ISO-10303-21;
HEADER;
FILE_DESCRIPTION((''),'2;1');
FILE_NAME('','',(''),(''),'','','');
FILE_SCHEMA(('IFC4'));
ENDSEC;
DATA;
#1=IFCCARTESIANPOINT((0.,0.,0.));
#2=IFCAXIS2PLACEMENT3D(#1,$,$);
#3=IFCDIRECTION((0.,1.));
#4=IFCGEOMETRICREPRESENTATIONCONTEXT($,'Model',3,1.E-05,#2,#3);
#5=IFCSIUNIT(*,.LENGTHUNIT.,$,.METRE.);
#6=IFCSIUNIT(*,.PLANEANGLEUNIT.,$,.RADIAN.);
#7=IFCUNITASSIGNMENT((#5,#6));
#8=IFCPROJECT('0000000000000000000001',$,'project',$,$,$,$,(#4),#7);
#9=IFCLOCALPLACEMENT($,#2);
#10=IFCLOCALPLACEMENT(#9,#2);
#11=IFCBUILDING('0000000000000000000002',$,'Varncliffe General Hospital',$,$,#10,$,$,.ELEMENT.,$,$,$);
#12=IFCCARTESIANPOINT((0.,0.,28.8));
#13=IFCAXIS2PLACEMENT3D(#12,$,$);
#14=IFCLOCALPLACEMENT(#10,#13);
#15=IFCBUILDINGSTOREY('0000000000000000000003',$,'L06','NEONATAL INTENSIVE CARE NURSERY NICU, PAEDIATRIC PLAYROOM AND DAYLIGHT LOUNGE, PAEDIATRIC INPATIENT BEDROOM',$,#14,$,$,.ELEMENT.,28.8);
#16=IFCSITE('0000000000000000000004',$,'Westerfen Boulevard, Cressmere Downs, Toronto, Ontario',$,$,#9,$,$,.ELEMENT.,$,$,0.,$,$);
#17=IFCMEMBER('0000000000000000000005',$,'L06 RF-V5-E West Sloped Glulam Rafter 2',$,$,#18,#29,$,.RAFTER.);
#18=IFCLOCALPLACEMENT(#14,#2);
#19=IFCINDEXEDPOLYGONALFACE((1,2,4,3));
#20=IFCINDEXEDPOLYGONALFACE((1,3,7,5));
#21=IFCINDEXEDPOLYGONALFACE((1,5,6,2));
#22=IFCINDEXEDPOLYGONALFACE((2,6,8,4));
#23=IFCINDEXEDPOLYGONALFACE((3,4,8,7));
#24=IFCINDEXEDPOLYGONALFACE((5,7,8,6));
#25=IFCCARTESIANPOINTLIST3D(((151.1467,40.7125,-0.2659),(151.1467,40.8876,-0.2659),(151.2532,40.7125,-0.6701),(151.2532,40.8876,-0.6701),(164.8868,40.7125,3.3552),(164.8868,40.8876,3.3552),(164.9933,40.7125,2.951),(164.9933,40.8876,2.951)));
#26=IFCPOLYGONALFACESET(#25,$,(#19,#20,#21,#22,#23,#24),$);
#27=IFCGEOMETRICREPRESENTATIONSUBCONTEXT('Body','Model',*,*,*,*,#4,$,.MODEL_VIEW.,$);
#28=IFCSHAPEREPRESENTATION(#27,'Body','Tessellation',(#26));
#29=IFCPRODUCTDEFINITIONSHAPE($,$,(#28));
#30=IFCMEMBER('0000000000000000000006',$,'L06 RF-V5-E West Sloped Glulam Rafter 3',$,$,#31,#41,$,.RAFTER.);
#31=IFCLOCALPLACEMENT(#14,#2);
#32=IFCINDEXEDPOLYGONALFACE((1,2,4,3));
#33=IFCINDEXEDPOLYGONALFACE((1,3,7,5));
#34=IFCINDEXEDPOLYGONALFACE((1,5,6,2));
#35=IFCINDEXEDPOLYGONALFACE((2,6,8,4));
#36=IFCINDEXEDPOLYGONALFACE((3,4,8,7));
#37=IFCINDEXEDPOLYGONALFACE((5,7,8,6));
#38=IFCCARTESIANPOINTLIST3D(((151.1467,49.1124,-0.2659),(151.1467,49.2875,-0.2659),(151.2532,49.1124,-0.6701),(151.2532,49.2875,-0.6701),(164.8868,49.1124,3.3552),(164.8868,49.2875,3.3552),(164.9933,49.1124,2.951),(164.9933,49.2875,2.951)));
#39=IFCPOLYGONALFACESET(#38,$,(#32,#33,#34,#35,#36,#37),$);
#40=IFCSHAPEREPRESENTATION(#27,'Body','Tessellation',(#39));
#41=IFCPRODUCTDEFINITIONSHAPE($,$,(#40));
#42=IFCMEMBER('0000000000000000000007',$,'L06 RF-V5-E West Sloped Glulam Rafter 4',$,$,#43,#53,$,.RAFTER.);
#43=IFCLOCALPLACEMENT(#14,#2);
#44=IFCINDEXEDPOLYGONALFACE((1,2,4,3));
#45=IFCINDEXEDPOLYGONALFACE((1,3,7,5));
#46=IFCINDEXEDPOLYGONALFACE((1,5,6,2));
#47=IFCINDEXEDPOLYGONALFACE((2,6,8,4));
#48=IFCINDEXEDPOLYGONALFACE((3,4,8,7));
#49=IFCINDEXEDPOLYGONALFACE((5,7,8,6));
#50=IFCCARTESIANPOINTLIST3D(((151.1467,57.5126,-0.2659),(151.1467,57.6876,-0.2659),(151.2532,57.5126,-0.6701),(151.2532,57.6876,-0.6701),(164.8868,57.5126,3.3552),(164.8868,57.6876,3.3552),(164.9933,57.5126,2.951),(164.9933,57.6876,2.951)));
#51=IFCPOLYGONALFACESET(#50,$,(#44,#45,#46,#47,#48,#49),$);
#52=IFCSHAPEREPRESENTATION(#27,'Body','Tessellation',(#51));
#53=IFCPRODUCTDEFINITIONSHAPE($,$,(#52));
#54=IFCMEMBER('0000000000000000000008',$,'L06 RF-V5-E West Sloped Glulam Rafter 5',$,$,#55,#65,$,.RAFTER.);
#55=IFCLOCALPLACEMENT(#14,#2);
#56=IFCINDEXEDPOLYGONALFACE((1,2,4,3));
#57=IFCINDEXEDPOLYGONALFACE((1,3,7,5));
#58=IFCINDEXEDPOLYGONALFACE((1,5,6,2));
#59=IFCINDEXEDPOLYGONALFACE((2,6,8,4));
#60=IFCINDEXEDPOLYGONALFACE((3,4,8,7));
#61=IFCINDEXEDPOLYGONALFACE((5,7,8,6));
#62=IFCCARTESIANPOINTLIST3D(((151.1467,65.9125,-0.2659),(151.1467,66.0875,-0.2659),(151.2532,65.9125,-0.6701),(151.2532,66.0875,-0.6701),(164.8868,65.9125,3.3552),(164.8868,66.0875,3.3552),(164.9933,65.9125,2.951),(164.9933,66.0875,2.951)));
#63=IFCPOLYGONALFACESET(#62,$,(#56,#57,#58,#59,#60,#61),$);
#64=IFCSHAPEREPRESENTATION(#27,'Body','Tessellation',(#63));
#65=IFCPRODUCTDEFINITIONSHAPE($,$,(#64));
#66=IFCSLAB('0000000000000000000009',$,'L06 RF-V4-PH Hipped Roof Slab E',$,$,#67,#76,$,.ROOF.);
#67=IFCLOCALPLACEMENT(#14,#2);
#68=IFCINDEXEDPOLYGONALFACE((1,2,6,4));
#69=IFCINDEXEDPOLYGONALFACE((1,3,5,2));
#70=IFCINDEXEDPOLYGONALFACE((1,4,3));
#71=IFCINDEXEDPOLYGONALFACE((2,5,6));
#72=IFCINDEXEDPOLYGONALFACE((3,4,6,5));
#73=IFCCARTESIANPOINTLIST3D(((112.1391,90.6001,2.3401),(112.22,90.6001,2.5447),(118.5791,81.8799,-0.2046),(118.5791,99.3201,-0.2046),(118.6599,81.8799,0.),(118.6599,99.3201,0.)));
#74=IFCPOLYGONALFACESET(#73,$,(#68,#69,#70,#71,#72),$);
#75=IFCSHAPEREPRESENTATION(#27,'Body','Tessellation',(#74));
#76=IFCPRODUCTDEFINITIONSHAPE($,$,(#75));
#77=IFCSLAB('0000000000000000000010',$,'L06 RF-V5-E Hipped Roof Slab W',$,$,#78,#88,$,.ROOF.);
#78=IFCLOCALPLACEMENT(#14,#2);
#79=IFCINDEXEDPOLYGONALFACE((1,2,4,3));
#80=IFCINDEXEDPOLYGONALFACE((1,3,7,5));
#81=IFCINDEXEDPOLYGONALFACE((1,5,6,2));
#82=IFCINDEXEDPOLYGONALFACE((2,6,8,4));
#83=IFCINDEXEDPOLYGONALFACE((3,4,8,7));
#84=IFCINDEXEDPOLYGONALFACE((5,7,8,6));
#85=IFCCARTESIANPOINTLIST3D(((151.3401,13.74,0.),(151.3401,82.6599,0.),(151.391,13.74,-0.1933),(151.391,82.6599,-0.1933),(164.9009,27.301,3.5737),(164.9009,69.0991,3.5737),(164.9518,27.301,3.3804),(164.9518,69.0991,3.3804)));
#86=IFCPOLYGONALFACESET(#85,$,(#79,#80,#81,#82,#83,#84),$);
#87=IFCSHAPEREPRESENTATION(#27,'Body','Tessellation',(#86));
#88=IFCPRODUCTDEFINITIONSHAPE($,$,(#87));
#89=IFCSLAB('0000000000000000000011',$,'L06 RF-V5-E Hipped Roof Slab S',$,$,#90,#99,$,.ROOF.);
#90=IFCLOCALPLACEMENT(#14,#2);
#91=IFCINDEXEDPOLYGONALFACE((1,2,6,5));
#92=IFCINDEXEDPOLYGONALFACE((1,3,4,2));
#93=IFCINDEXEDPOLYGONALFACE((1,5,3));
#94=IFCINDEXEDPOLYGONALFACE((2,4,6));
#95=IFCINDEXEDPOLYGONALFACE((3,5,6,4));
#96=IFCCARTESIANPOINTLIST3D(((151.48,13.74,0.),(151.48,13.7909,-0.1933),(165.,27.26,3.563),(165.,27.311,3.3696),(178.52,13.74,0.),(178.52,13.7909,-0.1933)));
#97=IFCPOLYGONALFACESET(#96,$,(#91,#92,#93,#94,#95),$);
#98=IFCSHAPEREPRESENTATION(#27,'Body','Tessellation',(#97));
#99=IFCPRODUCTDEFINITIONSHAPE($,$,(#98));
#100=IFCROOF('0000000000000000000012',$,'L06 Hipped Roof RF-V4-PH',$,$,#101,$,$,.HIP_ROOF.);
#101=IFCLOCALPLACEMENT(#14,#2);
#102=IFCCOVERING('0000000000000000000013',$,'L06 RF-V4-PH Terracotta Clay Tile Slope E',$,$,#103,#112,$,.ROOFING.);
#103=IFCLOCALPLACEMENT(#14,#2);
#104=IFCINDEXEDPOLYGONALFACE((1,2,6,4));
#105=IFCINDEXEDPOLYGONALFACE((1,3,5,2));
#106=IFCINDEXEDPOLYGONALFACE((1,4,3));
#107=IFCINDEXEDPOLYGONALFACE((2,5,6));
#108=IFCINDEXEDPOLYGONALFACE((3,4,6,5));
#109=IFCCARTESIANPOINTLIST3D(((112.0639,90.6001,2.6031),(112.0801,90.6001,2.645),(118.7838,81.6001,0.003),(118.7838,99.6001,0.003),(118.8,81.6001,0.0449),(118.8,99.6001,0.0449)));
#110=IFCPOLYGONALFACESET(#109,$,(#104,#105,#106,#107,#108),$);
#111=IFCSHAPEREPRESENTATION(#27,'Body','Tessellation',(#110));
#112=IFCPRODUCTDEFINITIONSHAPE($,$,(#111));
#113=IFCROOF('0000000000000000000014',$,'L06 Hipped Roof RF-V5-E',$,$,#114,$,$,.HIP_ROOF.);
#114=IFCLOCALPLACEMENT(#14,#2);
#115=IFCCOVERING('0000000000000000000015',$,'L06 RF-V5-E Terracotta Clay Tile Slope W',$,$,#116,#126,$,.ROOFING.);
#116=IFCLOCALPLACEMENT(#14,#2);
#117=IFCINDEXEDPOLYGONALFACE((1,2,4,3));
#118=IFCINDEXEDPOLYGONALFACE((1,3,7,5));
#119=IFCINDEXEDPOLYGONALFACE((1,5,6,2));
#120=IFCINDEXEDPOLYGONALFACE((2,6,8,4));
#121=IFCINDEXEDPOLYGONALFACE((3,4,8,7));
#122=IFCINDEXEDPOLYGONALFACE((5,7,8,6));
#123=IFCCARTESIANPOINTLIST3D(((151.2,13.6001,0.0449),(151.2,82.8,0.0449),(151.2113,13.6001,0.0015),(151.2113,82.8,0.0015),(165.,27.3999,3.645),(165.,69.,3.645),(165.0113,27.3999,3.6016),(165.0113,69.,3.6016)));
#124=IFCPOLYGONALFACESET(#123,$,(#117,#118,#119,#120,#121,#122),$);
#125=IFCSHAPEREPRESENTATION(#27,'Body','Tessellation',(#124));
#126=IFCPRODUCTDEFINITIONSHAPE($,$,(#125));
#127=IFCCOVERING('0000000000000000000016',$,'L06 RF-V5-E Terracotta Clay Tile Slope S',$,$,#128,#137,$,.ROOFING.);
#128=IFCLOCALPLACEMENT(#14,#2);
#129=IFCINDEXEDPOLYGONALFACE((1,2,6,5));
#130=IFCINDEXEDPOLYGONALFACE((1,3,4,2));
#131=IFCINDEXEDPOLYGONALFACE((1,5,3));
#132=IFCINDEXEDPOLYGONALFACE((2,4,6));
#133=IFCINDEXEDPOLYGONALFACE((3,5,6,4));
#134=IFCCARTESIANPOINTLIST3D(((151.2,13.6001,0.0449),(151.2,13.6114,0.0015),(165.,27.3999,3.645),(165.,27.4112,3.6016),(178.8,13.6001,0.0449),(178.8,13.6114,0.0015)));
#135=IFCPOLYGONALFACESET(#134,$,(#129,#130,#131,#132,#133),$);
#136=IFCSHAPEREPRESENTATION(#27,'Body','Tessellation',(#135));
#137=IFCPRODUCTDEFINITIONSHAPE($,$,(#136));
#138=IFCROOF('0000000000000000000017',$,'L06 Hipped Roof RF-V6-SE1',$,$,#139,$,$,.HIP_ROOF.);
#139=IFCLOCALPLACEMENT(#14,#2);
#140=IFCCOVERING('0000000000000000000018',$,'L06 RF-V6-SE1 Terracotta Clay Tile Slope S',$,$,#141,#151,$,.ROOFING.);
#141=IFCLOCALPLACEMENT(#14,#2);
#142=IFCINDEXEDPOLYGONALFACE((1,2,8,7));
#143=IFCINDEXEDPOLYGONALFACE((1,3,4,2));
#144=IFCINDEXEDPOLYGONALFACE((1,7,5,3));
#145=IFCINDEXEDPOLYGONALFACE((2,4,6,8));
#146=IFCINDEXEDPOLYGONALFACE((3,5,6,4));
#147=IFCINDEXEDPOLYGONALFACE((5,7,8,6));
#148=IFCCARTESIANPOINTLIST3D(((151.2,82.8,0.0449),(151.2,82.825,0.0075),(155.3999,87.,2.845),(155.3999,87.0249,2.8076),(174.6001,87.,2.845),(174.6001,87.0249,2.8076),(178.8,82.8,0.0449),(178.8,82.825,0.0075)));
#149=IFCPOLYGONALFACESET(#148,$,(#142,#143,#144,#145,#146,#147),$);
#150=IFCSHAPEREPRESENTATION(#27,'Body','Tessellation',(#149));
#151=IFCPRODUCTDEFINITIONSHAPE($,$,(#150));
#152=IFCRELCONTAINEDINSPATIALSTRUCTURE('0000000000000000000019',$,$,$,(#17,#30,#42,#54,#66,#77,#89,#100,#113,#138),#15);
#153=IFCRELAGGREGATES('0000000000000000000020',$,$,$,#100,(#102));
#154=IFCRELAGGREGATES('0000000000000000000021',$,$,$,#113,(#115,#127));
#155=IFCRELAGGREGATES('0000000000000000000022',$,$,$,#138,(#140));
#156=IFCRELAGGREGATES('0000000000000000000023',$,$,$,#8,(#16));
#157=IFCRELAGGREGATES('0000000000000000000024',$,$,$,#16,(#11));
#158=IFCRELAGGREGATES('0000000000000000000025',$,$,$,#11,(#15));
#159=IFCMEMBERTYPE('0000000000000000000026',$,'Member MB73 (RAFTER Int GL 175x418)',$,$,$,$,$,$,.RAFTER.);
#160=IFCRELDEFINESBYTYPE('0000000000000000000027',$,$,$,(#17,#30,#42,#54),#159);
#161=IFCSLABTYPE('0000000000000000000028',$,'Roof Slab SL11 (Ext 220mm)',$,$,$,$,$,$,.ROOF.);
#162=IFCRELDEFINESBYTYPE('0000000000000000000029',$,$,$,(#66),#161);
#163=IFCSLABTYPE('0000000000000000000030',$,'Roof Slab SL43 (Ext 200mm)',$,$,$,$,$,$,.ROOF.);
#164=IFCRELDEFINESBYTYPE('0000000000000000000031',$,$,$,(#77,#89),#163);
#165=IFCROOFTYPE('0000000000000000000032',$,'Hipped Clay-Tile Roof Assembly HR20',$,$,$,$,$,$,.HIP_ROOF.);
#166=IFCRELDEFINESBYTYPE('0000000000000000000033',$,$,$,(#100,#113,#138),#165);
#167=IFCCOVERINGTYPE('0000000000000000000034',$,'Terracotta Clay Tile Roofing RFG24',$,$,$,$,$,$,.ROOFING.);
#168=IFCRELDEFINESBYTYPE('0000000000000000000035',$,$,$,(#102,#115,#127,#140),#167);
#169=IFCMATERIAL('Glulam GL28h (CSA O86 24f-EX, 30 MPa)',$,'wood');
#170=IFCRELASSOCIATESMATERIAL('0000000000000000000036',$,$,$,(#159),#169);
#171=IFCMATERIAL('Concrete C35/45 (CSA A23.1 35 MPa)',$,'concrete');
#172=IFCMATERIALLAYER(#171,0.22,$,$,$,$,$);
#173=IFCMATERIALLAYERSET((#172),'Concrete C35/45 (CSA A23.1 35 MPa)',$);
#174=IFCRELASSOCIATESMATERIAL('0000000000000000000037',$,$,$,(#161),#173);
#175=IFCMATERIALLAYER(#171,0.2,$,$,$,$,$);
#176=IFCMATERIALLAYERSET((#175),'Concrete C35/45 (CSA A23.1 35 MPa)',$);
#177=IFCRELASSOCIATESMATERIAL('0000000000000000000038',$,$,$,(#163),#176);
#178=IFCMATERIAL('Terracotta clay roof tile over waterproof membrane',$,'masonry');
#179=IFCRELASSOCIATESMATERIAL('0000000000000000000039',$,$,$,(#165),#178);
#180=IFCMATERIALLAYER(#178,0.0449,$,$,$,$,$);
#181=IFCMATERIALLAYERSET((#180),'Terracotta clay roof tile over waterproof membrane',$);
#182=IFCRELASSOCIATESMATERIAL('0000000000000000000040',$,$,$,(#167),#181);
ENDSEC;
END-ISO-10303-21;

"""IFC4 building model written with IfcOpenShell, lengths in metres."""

from ifc_helpers import new_model, si_unit, direction, frame, origin, origin_2d, place, context, subcontext, project, spatial, polyline, rectangle, outline, extrude, material, layer, layer_set, material_profile, profile_set, type_object, element, aggregate, save


model = new_model("IFC4")

# Units and contexts
model_context = context("Model", 3, precision=1e-05, world=origin(), true_north=direction((0.0, 1.0)))
body_context = subcontext(model_context, "Body", "Model", "MODEL_VIEW")
ifc_project = project(units=[si_unit("LENGTHUNIT", "METRE"), si_unit("PLANEANGLEUNIT", "RADIAN")], contexts=[model_context])

# Site, building, storey
site_placement = place(None, origin())
site = spatial("IfcSite", under=ifc_project, at=site_placement, Name="Westerfen Boulevard, Cressmere Downs, Toronto, Ontario", CompositionType="ELEMENT", RefElevation=0.0)
building_placement = place(site_placement, origin())
building = spatial("IfcBuilding", under=site, at=building_placement, Name="Varncliffe General Hospital", CompositionType="ELEMENT")
storey_placement = place(building_placement, frame((0.0, 0.0, 28.8)))
storey = spatial("IfcBuildingStorey", under=building, at=storey_placement, Name="L06", Description="NEONATAL INTENSIVE CARE NURSERY NICU, PAEDIATRIC PLAYROOM AND DAYLIGHT LOUNGE, PAEDIATRIC INPATIENT BEDROOM", CompositionType="ELEMENT", Elevation=28.8)

# Shared definitions
ifc_material_1 = material(Name="Glulam GL28h (CSA O86 24f-EX, 30 MPa)", Category="wood")

# Members
ifc_material_profile_1 = material_profile(ifc_material_1, rectangle(XDim=0.175, YDim=0.418, at=origin_2d()), Name="GL 175x418")
ifc_profile_set_1 = profile_set([ifc_material_profile_1], Name="Glulam GL28h (CSA O86 24f-EX, 30 MPa)")
member_type_1 = type_object("IfcMemberType", Name="Member MB73 (RAFTER Int GL 175x418)", PredefinedType="RAFTER", material=ifc_profile_set_1)
for number, where, z_axis, x_axis, name in (
    (1, (151.2, 40.8, -0.468), (0.966983, 0.0, 0.254843), (0.0, 1.0, 0.0), "L06 RF-V5-E West Sloped Glulam Rafter 2"),
    (2, (151.2, 49.2, -0.468), (0.966983, 0.0, 0.254843), (0.0, 1.0, 0.0), "L06 RF-V5-E West Sloped Glulam Rafter 3"),
    (3, (151.2, 57.6001, -0.468), (0.966983, 0.0, 0.254843), (0.0, 1.0, 0.0), "L06 RF-V5-E West Sloped Glulam Rafter 4"),
    (4, (151.2, 66.0, -0.468), (0.966983, 0.0, 0.254843), (0.0, 1.0, 0.0), "L06 RF-V5-E West Sloped Glulam Rafter 5"),
):
    element("IfcMember", number, at=place(storey_placement, frame(where, z_axis=z_axis, x_axis=x_axis)), inside=storey, type_object=member_type_1, Name=name, PredefinedType="RAFTER", context=body_context, shape_type="SweptSolid", body=[
        extrude(rectangle(XDim=0.175, YDim=0.418, at=origin_2d()), origin(), (0.0, 0.0, 1.0), 14.2092),
    ])

# Slabs
ifc_material_2 = material(Name="Concrete C35/45 (CSA A23.1 35 MPa)", Category="concrete")
ifc_layer_1 = layer(ifc_material_2, 0.22)
ifc_layer_set_1 = layer_set([ifc_layer_1], Name="Concrete C35/45 (CSA A23.1 35 MPa)")
slab_type_1 = type_object("IfcSlabType", Name="Roof Slab SL11 (Ext 220mm)", PredefinedType="ROOF", material=ifc_layer_set_1)
slab_1_placement = place(storey_placement, frame((118.6599, 81.8799, 0.0), z_axis=(0.367491, 0.0, 0.930027), x_axis=(0.0, 1.0, 0.0)))
element("IfcSlab", 5, at=slab_1_placement, inside=storey, type_object=slab_type_1, Name="L06 RF-V4-PH Hipped Roof Slab E", PredefinedType="ROOF", context=body_context, shape_type="SweptSolid", body=[
    extrude(outline(polyline([(0.0, 0.0), (17.4402, 0.0), (8.7202, 6.9245), (0.0, 0.0)])), origin(), (0.0, 0.0, -1.0), 0.22),
])
ifc_layer_2 = layer(ifc_material_2, 0.2)
ifc_layer_set_2 = layer_set([ifc_layer_2], Name="Concrete C35/45 (CSA A23.1 35 MPa)")
slab_type_2 = type_object("IfcSlabType", Name="Roof Slab SL43 (Ext 200mm)", PredefinedType="ROOF", material=ifc_layer_set_2)
slab_2_placement = place(storey_placement, frame((151.3401, 82.6599, 0.0), z_axis=(-0.254833, 0.0, 0.966985), x_axis=(0.0, -1.0, 0.0)))
element("IfcSlab", 6, at=slab_2_placement, inside=storey, type_object=slab_type_2, Name="L06 RF-V5-E Hipped Roof Slab W", PredefinedType="ROOF", context=body_context, shape_type="SweptSolid", body=[
    extrude(outline(polyline([(0.0, 0.0), (68.9199, 0.0), (55.3589, 14.0238), (13.5608, 14.0238), (0.0, 0.0)])), origin(), (0.0, 0.0, -1.0), 0.2),
])
slab_3_placement = place(storey_placement, frame((151.48, 13.74, 0.0), z_axis=(0.0, -0.254834, 0.966985), x_axis=(1.0, 0.0, 0.0)))
element("IfcSlab", 7, at=slab_3_placement, inside=storey, type_object=slab_type_2, Name="L06 RF-V5-E Hipped Roof Slab S", PredefinedType="ROOF", context=body_context, shape_type="SweptSolid", body=[
    extrude(outline(polyline([(0.0, 0.0), (27.04, 0.0), (13.52, 13.9816), (0.0, 0.0)])), origin(), (0.0, 0.0, -1.0), 0.2),
])

# Roof, covering
ifc_material_3 = material(Name="Terracotta clay roof tile over waterproof membrane", Category="masonry")
roof_type = type_object("IfcRoofType", Name="Hipped Clay-Tile Roof Assembly HR20", PredefinedType="HIP_ROOF", material=ifc_material_3)
roof_1_placement = place(storey_placement, origin())
roof_1 = element("IfcRoof", 8, at=roof_1_placement, inside=storey, type_object=roof_type, Name="L06 Hipped Roof RF-V4-PH", PredefinedType="HIP_ROOF")
ifc_layer_3 = layer(ifc_material_3, 0.0449)
ifc_layer_set_3 = layer_set([ifc_layer_3], Name="Terracotta clay roof tile over waterproof membrane")
covering_type = type_object("IfcCoveringType", Name="Terracotta Clay Tile Roofing RFG24", PredefinedType="ROOFING", material=ifc_layer_set_3)
covering_1_placement = place(storey_placement, frame((118.8, 81.6001, 0.0449), z_axis=(0.360852, 0.0, 0.932623), x_axis=(0.0, 1.0, 0.0)))
covering_1 = element("IfcCovering", 9, at=covering_1_placement, type_object=covering_type, Name="L06 RF-V4-PH Terracotta Clay Tile Slope E", PredefinedType="ROOFING", context=body_context, shape_type="SweptSolid", body=[
    extrude(outline(polyline([(0.0, 0.0), (18.0, 0.0), (9.0, 7.2055), (0.0, 0.0)])), origin(), (0.0, 0.0, -1.0), 0.0449),
])
aggregate(roof_1, [covering_1])

# Roof, coverings
roof_2_placement = place(storey_placement, origin())
roof_2 = element("IfcRoof", 10, at=roof_2_placement, inside=storey, type_object=roof_type, Name="L06 Hipped Roof RF-V5-E", PredefinedType="HIP_ROOF")
covering_2_placement = place(storey_placement, frame((151.2, 82.8, 0.0449), z_axis=(-0.252427, 0.0, 0.967616), x_axis=(0.0, -1.0, 0.0)))
covering_2 = element("IfcCovering", 11, at=covering_2_placement, type_object=covering_type, Name="L06 RF-V5-E Terracotta Clay Tile Slope W", PredefinedType="ROOFING", context=body_context, shape_type="SweptSolid", body=[
    extrude(outline(polyline([(0.0, 0.0), (69.2, 0.0), (55.4001, 14.2619), (13.8, 14.2619), (0.0, 0.0)])), origin(), (0.0, 0.0, -1.0), 0.0449),
])
covering_3_placement = place(storey_placement, frame((151.2, 13.6001, 0.0449), z_axis=(0.0, -0.252432, 0.967615), x_axis=(1.0, 0.0, 0.0)))
covering_3 = element("IfcCovering", 12, at=covering_3_placement, type_object=covering_type, Name="L06 RF-V5-E Terracotta Clay Tile Slope S", PredefinedType="ROOFING", context=body_context, shape_type="SweptSolid", body=[
    extrude(outline(polyline([(0.0, 0.0), (27.6001, 0.0), (13.8, 14.2617), (0.0, 0.0)])), origin(), (0.0, 0.0, -1.0), 0.0449),
])
aggregate(roof_2, [covering_2, covering_3])

# Roof, covering
roof_3_placement = place(storey_placement, origin())
roof_3 = element("IfcRoof", 13, at=roof_3_placement, inside=storey, type_object=roof_type, Name="L06 Hipped Roof RF-V6-SE1", PredefinedType="HIP_ROOF")
covering_4_placement = place(storey_placement, frame((151.2, 82.8, 0.0449), z_axis=(0.0, -0.554711, 0.832043), x_axis=(1.0, 0.0, 0.0)))
covering_4 = element("IfcCovering", 14, at=covering_4_placement, type_object=covering_type, Name="L06 RF-V6-SE1 Terracotta Clay Tile Slope S", PredefinedType="ROOFING", context=body_context, shape_type="SweptSolid", body=[
    extrude(outline(polyline([(0.0, 0.0), (27.6001, 0.0), (23.4001, 5.0478), (4.2, 5.0478), (0.0, 0.0)])), origin(), (0.0, 0.0, -1.0), 0.0449),
])
aggregate(roof_3, [covering_4])

save(model, "model.ifc")
